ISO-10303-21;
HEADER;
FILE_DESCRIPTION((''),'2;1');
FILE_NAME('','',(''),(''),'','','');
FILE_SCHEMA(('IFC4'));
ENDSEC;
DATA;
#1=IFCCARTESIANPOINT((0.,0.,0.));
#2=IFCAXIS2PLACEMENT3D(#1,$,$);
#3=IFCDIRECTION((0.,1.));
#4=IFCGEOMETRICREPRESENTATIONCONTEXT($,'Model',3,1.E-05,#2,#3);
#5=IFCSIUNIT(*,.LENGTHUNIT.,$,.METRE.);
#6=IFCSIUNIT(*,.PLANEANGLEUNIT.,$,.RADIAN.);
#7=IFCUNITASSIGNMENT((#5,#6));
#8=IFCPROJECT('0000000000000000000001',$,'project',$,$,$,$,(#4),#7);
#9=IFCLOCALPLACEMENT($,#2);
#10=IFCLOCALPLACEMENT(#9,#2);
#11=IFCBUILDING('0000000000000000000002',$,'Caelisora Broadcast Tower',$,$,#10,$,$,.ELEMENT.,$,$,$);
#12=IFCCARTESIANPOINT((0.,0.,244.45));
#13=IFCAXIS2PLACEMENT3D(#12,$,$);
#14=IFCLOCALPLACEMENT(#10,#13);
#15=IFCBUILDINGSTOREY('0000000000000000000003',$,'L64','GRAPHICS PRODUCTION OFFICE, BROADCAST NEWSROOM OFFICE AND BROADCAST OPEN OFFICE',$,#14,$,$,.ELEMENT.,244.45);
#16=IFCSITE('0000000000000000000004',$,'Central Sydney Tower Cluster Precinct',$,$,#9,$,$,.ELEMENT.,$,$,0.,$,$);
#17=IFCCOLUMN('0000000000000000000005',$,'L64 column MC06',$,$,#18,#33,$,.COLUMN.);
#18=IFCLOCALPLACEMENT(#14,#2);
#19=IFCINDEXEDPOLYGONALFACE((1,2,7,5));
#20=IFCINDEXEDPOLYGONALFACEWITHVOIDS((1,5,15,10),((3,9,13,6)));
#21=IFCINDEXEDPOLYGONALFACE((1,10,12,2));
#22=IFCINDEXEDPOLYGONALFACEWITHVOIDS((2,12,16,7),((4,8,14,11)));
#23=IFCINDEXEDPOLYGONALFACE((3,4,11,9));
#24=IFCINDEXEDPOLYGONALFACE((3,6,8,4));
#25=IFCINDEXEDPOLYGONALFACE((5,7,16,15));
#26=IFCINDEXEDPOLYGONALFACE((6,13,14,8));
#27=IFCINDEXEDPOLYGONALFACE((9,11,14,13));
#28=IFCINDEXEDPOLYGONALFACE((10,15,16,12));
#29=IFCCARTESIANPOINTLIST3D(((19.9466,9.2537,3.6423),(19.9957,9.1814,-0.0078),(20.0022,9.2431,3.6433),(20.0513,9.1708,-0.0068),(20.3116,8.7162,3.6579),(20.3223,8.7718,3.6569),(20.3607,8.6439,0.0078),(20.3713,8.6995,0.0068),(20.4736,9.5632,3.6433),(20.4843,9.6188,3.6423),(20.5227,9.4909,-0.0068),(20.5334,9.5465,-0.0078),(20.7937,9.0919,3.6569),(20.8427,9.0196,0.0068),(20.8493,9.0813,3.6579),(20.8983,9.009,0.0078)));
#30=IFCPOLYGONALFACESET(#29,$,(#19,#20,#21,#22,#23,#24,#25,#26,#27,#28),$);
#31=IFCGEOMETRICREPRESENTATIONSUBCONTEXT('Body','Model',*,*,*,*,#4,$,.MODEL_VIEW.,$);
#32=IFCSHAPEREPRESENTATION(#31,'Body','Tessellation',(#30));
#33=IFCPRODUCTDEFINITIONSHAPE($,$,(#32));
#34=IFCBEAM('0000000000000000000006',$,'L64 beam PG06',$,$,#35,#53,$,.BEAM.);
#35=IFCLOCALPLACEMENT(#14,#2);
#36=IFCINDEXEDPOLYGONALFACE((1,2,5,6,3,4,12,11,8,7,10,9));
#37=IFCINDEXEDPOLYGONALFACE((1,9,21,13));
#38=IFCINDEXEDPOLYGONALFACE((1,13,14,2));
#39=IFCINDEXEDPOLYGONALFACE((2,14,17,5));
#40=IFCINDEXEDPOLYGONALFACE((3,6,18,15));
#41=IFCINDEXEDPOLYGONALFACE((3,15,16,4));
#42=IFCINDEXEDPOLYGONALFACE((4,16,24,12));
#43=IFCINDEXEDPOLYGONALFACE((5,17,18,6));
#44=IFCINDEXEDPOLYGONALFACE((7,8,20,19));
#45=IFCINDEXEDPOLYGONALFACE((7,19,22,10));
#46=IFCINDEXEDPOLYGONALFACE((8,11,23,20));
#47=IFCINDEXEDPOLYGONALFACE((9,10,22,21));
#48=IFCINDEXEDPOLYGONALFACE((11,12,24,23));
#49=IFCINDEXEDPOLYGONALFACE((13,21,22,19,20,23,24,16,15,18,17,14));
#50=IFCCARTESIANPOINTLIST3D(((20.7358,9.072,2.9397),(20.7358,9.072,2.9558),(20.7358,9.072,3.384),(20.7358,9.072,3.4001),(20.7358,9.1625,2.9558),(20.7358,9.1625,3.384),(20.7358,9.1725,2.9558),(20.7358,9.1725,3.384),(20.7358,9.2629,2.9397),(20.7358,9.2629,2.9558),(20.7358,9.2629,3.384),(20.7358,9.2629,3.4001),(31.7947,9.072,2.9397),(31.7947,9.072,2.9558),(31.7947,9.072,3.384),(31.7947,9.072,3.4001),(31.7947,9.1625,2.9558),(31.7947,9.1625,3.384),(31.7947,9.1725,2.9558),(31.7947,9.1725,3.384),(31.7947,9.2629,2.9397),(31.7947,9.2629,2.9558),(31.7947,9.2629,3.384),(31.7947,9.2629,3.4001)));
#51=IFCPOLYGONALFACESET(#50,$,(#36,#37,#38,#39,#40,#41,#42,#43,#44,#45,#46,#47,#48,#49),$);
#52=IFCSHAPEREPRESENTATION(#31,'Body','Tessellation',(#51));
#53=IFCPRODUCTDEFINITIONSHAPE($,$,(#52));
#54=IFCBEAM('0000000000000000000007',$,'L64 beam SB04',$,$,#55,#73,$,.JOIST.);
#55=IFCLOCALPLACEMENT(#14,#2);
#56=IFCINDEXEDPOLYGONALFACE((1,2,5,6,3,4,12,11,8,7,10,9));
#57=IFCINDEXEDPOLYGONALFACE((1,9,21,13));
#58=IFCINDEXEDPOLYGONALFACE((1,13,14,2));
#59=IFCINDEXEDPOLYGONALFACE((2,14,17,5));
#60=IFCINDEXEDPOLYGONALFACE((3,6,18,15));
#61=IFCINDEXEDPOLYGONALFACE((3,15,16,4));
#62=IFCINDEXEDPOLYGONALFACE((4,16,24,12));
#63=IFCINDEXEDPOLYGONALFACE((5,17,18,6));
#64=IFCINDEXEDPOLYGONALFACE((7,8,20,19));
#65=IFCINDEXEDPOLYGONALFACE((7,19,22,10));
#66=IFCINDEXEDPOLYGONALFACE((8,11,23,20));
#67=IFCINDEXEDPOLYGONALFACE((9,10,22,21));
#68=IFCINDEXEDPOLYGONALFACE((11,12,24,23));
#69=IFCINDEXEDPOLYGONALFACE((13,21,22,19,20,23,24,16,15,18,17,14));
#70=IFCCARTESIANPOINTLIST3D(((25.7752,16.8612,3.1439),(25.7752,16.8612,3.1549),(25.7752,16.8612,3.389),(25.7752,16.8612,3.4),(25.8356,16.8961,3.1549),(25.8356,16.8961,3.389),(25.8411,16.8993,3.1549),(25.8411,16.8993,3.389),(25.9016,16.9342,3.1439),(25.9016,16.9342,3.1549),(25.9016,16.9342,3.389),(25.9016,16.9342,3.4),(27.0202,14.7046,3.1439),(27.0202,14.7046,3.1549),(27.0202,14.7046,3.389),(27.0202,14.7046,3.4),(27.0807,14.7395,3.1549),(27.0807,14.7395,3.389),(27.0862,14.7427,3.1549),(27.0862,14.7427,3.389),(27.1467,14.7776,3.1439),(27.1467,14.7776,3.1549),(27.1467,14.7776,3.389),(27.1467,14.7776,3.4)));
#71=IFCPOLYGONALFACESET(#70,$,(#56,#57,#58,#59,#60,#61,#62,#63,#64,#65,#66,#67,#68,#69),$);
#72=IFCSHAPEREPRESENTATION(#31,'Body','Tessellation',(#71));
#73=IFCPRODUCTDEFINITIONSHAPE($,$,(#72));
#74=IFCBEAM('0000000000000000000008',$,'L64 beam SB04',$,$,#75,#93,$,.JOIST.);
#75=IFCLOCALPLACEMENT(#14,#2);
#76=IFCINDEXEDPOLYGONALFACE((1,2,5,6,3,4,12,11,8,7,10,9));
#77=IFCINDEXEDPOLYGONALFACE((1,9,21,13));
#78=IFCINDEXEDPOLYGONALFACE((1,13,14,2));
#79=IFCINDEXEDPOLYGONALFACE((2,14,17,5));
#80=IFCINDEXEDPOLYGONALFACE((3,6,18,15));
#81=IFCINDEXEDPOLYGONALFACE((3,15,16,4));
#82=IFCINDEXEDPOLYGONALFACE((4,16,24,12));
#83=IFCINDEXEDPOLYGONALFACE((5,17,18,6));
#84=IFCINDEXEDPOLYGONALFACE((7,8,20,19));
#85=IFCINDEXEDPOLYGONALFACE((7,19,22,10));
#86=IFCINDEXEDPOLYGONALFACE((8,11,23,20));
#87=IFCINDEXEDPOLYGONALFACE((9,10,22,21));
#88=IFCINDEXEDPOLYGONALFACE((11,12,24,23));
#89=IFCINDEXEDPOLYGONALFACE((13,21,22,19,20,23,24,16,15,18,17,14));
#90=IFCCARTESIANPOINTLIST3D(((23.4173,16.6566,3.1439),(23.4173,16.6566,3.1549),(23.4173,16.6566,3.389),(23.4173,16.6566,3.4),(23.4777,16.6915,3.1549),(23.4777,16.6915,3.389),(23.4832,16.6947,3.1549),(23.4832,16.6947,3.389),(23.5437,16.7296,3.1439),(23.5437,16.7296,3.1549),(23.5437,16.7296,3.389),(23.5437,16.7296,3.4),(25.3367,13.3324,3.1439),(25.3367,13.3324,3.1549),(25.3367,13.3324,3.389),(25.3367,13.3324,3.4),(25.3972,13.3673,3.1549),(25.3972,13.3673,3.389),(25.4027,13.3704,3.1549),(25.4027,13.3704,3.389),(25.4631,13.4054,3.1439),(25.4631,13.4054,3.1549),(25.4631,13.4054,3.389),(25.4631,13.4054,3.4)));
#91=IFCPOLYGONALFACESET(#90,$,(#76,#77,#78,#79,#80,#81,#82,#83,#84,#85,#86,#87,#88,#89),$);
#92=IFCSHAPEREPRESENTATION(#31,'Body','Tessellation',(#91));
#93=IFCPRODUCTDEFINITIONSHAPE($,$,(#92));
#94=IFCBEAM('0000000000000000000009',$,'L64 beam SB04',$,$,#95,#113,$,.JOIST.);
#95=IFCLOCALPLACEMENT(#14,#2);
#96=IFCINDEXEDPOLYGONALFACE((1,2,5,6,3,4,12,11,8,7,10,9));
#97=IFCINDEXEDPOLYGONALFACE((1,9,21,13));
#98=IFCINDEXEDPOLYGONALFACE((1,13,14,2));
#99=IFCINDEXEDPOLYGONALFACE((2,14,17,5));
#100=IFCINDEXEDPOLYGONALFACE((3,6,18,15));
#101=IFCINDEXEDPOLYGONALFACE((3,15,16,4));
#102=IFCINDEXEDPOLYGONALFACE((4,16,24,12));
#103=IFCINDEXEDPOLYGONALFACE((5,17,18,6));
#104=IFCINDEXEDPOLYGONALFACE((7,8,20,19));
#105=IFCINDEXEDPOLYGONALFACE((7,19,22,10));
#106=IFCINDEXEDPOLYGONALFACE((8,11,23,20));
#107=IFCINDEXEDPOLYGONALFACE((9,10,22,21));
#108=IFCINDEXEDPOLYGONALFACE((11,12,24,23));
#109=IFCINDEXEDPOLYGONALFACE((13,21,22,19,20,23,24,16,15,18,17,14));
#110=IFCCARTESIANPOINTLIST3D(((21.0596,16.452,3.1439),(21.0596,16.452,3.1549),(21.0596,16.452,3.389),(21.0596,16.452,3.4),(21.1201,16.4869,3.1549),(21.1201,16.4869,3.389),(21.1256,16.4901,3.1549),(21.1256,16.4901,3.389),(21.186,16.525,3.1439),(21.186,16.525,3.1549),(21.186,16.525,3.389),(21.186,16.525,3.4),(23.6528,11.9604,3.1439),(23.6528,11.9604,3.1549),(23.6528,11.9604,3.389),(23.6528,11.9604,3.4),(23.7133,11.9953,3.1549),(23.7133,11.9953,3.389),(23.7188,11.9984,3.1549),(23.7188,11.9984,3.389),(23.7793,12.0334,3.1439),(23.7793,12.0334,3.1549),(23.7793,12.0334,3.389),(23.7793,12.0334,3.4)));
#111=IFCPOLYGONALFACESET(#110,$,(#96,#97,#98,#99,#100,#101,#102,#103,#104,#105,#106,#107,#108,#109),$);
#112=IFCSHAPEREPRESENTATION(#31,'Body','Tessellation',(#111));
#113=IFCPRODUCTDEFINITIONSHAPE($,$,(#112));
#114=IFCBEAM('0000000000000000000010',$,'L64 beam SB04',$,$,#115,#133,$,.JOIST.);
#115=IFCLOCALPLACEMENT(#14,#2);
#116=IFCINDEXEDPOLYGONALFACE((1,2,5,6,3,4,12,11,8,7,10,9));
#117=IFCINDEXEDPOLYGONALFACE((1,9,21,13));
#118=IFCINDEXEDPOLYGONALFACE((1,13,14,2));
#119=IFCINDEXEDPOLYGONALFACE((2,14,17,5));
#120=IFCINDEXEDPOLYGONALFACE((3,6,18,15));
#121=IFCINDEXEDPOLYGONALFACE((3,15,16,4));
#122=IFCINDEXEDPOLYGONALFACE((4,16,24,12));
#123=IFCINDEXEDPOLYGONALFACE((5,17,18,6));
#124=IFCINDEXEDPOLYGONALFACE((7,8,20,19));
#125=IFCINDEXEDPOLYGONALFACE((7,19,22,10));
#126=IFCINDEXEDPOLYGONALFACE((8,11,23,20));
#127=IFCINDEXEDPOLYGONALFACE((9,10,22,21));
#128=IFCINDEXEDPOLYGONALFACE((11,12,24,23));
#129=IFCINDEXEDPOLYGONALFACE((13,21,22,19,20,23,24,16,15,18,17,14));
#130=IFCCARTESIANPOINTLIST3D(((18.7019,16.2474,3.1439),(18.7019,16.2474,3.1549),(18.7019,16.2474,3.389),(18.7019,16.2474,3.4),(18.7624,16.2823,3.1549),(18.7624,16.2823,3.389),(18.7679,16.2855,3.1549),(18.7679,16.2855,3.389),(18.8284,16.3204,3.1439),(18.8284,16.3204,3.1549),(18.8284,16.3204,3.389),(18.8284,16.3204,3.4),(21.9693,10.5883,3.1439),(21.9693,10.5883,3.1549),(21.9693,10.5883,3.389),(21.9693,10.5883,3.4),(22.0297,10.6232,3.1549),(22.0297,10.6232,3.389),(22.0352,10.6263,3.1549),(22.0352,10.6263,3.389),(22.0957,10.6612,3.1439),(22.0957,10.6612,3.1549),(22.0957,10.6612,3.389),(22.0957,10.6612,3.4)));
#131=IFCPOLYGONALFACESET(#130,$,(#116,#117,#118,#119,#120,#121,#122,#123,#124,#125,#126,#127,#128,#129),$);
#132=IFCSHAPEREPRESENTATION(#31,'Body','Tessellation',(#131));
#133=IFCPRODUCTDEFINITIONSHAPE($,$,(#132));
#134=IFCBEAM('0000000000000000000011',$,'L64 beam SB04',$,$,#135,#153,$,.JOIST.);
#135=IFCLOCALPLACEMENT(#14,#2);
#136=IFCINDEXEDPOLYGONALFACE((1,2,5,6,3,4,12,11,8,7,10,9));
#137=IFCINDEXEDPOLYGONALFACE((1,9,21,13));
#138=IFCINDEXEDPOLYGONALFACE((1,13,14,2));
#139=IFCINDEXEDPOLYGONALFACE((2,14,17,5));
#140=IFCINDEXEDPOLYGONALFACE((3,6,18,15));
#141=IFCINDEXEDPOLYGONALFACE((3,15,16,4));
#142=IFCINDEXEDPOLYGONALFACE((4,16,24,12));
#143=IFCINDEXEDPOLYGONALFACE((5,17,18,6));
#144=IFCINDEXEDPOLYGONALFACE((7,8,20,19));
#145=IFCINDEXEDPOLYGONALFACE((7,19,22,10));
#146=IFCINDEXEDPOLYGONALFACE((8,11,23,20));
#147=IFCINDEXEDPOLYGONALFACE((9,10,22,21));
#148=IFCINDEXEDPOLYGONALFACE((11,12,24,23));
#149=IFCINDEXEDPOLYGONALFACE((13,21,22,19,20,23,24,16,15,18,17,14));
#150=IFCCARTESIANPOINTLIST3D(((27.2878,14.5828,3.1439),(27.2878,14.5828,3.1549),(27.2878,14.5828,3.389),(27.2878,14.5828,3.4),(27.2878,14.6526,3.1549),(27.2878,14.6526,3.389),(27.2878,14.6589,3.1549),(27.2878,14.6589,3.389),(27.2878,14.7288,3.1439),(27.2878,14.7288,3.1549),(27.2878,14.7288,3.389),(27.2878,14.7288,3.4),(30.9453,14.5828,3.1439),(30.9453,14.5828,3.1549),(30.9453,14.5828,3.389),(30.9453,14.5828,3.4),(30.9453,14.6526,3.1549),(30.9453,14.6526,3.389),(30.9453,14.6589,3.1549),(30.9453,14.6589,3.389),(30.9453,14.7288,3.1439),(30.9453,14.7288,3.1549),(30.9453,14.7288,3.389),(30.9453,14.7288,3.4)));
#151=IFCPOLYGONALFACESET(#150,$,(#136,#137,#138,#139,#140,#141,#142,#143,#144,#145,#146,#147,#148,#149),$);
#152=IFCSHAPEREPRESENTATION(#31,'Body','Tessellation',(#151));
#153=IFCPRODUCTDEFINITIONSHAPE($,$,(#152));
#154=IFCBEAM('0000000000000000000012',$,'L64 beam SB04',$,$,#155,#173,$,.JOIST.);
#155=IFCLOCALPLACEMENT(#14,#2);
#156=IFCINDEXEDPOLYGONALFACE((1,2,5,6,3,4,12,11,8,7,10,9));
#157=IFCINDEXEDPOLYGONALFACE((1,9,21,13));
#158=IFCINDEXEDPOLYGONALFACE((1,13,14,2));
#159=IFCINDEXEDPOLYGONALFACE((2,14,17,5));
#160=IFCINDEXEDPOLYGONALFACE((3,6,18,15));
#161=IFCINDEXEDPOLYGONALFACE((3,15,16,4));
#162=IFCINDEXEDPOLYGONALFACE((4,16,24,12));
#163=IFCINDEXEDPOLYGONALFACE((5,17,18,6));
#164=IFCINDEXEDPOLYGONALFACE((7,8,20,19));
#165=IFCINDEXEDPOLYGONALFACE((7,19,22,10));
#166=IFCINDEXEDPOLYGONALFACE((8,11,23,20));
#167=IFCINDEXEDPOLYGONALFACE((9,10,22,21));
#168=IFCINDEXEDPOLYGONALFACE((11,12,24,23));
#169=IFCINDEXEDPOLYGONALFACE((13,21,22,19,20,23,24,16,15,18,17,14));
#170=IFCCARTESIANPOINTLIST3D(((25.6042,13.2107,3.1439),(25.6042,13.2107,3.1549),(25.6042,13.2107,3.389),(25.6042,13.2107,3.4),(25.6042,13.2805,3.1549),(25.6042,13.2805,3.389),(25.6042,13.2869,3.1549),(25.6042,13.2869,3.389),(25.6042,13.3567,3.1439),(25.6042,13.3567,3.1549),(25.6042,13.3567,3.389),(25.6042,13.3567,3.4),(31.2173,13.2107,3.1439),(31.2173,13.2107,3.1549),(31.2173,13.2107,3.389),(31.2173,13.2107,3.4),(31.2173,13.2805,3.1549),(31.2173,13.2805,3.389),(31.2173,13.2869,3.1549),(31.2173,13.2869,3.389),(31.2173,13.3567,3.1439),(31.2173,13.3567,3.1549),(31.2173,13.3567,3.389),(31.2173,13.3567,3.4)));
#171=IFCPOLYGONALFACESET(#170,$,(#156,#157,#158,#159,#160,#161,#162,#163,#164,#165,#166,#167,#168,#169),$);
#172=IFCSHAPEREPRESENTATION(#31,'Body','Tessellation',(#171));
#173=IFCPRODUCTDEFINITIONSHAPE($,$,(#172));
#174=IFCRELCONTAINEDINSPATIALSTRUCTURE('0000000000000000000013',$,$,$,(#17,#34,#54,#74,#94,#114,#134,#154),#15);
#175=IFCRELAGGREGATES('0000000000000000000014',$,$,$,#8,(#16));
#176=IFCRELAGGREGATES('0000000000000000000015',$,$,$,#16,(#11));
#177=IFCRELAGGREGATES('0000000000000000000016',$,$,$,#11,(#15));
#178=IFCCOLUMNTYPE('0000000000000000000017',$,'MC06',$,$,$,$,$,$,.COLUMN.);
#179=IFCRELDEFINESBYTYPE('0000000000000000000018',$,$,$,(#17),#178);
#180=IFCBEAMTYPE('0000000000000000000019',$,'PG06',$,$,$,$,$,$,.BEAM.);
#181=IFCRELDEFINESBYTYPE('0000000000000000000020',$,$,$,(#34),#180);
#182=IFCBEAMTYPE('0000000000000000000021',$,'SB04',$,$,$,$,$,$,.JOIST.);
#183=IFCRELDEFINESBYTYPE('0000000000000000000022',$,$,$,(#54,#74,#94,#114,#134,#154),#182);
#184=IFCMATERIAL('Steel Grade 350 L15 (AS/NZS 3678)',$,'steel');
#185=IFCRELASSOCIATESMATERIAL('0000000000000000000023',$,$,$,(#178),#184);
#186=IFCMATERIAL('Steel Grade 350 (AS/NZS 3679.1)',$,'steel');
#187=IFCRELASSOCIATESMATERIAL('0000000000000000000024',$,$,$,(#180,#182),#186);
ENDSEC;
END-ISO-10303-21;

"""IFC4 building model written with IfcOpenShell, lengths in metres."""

from ifc_helpers import new_model, si_unit, direction, frame, origin, origin_2d, place, context, subcontext, project, spatial, hollow_rectangle, i_section, extrude, source, transform, mapped, material, material_profile, profile_set, type_object, type_shapes, element, save


model = new_model("IFC4")

# Units and contexts
model_context = context("Model", 3, precision=1e-05, world=origin(), true_north=direction((0.0, 1.0)))
body_context = subcontext(model_context, "Body", "Model", "MODEL_VIEW")
ifc_project = project(units=[si_unit("LENGTHUNIT", "METRE"), si_unit("PLANEANGLEUNIT", "RADIAN")], contexts=[model_context])

# Site, building, storey
site_placement = place(None, origin())
site = spatial("IfcSite", under=ifc_project, at=site_placement, Name="Central Sydney Tower Cluster Precinct", CompositionType="ELEMENT", RefElevation=0.0)
building_placement = place(site_placement, origin())
building = spatial("IfcBuilding", under=site, at=building_placement, Name="Caelisora Broadcast Tower", CompositionType="ELEMENT")
storey_placement = place(building_placement, frame((0.0, 0.0, 244.45)))
storey = spatial("IfcBuildingStorey", under=building, at=storey_placement, Name="L64", Description="GRAPHICS PRODUCTION OFFICE, BROADCAST NEWSROOM OFFICE AND BROADCAST OPEN OFFICE", CompositionType="ELEMENT", Elevation=244.45)

# Column
ifc_material_1 = material(Name="Steel Grade 350 L15 (AS/NZS 3678)", Category="steel")
ifc_material_profile_1 = material_profile(ifc_material_1, hollow_rectangle(XDim=0.6499, YDim=0.6499, WallThickness=0.04, at=origin_2d()), Name="Steel Grade 350 L15 (AS/NZS 3678)")
ifc_profile_set_1 = profile_set([ifc_material_profile_1], Name="Steel Grade 350 L15 (AS/NZS 3678)")
column_type = type_object("IfcColumnType", Name="MC06", PredefinedType="COLUMN", material=ifc_profile_set_1)
shared_shape_1 = source(origin(), body_context, "Body", "SweptSolid", [
    extrude(hollow_rectangle(XDim=0.6499, YDim=0.6499, WallThickness=0.04, at=origin_2d()), origin(), (0.0, 0.0, 1.0), 3.6511),
])
type_shapes(column_type, [shared_shape_1])
column_placement = place(storey_placement, frame((20.447, 9.0952, 0.0), z_axis=(-0.01344, 0.019792, 0.999714), x_axis=(-0.82729, -0.561775, 0.0)))
element("IfcColumn", 1, at=column_placement, inside=storey, type_object=column_type, Name="L64 column MC06", PredefinedType="COLUMN", context=body_context, shape_type="MappedRepresentation", body=[
    mapped(shared_shape_1, transform((0.0, 0.0, 0.0), scale=1.0)),
])

# Beams
ifc_material_2 = material(Name="Steel Grade 350 (AS/NZS 3679.1)", Category="steel")
ifc_material_profile_2 = material_profile(ifc_material_2, i_section(OverallWidth=0.1909, OverallDepth=0.4604, WebThickness=0.01, FlangeThickness=0.0161, at=origin_2d()), Name="Steel Grade 350 (AS/NZS 3679.1)")
ifc_profile_set_2 = profile_set([ifc_material_profile_2], Name="Steel Grade 350 (AS/NZS 3679.1)")
beam_type_1 = type_object("IfcBeamType", Name="PG06", PredefinedType="BEAM", material=ifc_profile_set_2)
shared_shape_2 = source(origin(), body_context, "Body", "SweptSolid", [
    extrude(i_section(OverallWidth=0.1909, OverallDepth=0.4604, WebThickness=0.01, FlangeThickness=0.0161, at=origin_2d()), origin(), (0.0, 0.0, 1.0), 11.0588),
])
type_shapes(beam_type_1, [shared_shape_2])
beam_1_placement = place(storey_placement, frame((20.7358, 9.1675, 3.1699), z_axis=(1.0, 0.0, 0.0), x_axis=(0.0, 1.0, 0.0)))
element("IfcBeam", 2, at=beam_1_placement, inside=storey, type_object=beam_type_1, Name="L64 beam PG06", PredefinedType="BEAM", context=body_context, shape_type="MappedRepresentation", body=[
    mapped(shared_shape_2, transform((0.0, 0.0, 0.0), scale=1.0)),
])
ifc_material_profile_3 = material_profile(ifc_material_2, i_section(OverallWidth=0.146, OverallDepth=0.2561, WebThickness=0.0063, FlangeThickness=0.011, at=origin_2d()), Name="Steel Grade 350 (AS/NZS 3679.1)")
ifc_profile_set_3 = profile_set([ifc_material_profile_3], Name="Steel Grade 350 (AS/NZS 3679.1)")
beam_type_2 = type_object("IfcBeamType", Name="SB04", PredefinedType="JOIST", material=ifc_profile_set_3)
shared_shape_3 = source(origin(), body_context, "Body", "SweptSolid", [
    extrude(i_section(OverallWidth=0.146, OverallDepth=0.2561, WebThickness=0.0063, FlangeThickness=0.011, at=origin_2d()), origin(), (0.0, 0.0, 1.0), 2.4902),
])
beam_2_placement = place(storey_placement, frame((25.8384, 16.8977, 3.272), z_axis=(0.499977, -0.866039, 0.0), x_axis=(0.866039, 0.499977, 0.0)))
element("IfcBeam", 3, at=beam_2_placement, inside=storey, type_object=beam_type_2, Name="L64 beam SB04", PredefinedType="JOIST", context=body_context, shape_type="MappedRepresentation", body=[
    mapped(shared_shape_3, transform((0.0, 0.0, 0.0), scale=1.0)),
])
shared_shape_4 = source(origin(), body_context, "Body", "SweptSolid", [
    extrude(i_section(OverallWidth=0.146, OverallDepth=0.2561, WebThickness=0.0063, FlangeThickness=0.011, at=origin_2d()), origin(), (0.0, 0.0, 1.0), 3.8386),
])
beam_3_placement = place(storey_placement, frame((23.4805, 16.6931, 3.272), z_axis=(0.500038, -0.866003, 0.0), x_axis=(0.866003, 0.500038, 0.0)))
element("IfcBeam", 4, at=beam_3_placement, inside=storey, type_object=beam_type_2, Name="L64 beam SB04", PredefinedType="JOIST", context=body_context, shape_type="MappedRepresentation", body=[
    mapped(shared_shape_4, transform((0.0, 0.0, 0.0), scale=1.0)),
])
shared_shape_5 = source(origin(), body_context, "Body", "SweptSolid", [
    extrude(i_section(OverallWidth=0.146, OverallDepth=0.2561, WebThickness=0.0063, FlangeThickness=0.011, at=origin_2d()), origin(), (0.0, 0.0, 1.0), 5.1865),
])
beam_4_placement = place(storey_placement, frame((21.1228, 16.4885, 3.272), z_axis=(0.499997, -0.866027, 0.0), x_axis=(0.866027, 0.499997, 0.0)))
element("IfcBeam", 5, at=beam_4_placement, inside=storey, type_object=beam_type_2, Name="L64 beam SB04", PredefinedType="JOIST", context=body_context, shape_type="MappedRepresentation", body=[
    mapped(shared_shape_5, transform((0.0, 0.0, 0.0), scale=1.0)),
])
shared_shape_6 = source(origin(), body_context, "Body", "SweptSolid", [
    extrude(i_section(OverallWidth=0.146, OverallDepth=0.2561, WebThickness=0.0063, FlangeThickness=0.011, at=origin_2d()), origin(), (0.0, 0.0, 1.0), 6.5347),
])
beam_5_placement = place(storey_placement, frame((18.7651, 16.2839, 3.272), z_axis=(0.500001, -0.866025, 0.0), x_axis=(0.866025, 0.500001, 0.0)))
element("IfcBeam", 6, at=beam_5_placement, inside=storey, type_object=beam_type_2, Name="L64 beam SB04", PredefinedType="JOIST", context=body_context, shape_type="MappedRepresentation", body=[
    mapped(shared_shape_6, transform((0.0, 0.0, 0.0), scale=1.0)),
])
shared_shape_7 = source(origin(), body_context, "Body", "SweptSolid", [
    extrude(i_section(OverallWidth=0.146, OverallDepth=0.2561, WebThickness=0.0063, FlangeThickness=0.011, at=origin_2d()), origin(), (0.0, 0.0, 1.0), 3.6575),
])
beam_6_placement = place(storey_placement, frame((27.2878, 14.6558, 3.272), z_axis=(1.0, 0.0, 0.0), x_axis=(0.0, 1.0, 0.0)))
element("IfcBeam", 7, at=beam_6_placement, inside=storey, type_object=beam_type_2, Name="L64 beam SB04", PredefinedType="JOIST", context=body_context, shape_type="MappedRepresentation", body=[
    mapped(shared_shape_7, transform((0.0, 0.0, 0.0), scale=1.0)),
])
shared_shape_8 = source(origin(), body_context, "Body", "SweptSolid", [
    extrude(i_section(OverallWidth=0.146, OverallDepth=0.2561, WebThickness=0.0063, FlangeThickness=0.011, at=origin_2d()), origin(), (0.0, 0.0, 1.0), 5.613),
])
beam_7_placement = place(storey_placement, frame((25.6042, 13.2837, 3.272), z_axis=(1.0, 0.0, 0.0), x_axis=(0.0, 1.0, 0.0)))
element("IfcBeam", 8, at=beam_7_placement, inside=storey, type_object=beam_type_2, Name="L64 beam SB04", PredefinedType="JOIST", context=body_context, shape_type="MappedRepresentation", body=[
    mapped(shared_shape_8, transform((0.0, 0.0, 0.0), scale=1.0)),
])

save(model, "model.ifc")
